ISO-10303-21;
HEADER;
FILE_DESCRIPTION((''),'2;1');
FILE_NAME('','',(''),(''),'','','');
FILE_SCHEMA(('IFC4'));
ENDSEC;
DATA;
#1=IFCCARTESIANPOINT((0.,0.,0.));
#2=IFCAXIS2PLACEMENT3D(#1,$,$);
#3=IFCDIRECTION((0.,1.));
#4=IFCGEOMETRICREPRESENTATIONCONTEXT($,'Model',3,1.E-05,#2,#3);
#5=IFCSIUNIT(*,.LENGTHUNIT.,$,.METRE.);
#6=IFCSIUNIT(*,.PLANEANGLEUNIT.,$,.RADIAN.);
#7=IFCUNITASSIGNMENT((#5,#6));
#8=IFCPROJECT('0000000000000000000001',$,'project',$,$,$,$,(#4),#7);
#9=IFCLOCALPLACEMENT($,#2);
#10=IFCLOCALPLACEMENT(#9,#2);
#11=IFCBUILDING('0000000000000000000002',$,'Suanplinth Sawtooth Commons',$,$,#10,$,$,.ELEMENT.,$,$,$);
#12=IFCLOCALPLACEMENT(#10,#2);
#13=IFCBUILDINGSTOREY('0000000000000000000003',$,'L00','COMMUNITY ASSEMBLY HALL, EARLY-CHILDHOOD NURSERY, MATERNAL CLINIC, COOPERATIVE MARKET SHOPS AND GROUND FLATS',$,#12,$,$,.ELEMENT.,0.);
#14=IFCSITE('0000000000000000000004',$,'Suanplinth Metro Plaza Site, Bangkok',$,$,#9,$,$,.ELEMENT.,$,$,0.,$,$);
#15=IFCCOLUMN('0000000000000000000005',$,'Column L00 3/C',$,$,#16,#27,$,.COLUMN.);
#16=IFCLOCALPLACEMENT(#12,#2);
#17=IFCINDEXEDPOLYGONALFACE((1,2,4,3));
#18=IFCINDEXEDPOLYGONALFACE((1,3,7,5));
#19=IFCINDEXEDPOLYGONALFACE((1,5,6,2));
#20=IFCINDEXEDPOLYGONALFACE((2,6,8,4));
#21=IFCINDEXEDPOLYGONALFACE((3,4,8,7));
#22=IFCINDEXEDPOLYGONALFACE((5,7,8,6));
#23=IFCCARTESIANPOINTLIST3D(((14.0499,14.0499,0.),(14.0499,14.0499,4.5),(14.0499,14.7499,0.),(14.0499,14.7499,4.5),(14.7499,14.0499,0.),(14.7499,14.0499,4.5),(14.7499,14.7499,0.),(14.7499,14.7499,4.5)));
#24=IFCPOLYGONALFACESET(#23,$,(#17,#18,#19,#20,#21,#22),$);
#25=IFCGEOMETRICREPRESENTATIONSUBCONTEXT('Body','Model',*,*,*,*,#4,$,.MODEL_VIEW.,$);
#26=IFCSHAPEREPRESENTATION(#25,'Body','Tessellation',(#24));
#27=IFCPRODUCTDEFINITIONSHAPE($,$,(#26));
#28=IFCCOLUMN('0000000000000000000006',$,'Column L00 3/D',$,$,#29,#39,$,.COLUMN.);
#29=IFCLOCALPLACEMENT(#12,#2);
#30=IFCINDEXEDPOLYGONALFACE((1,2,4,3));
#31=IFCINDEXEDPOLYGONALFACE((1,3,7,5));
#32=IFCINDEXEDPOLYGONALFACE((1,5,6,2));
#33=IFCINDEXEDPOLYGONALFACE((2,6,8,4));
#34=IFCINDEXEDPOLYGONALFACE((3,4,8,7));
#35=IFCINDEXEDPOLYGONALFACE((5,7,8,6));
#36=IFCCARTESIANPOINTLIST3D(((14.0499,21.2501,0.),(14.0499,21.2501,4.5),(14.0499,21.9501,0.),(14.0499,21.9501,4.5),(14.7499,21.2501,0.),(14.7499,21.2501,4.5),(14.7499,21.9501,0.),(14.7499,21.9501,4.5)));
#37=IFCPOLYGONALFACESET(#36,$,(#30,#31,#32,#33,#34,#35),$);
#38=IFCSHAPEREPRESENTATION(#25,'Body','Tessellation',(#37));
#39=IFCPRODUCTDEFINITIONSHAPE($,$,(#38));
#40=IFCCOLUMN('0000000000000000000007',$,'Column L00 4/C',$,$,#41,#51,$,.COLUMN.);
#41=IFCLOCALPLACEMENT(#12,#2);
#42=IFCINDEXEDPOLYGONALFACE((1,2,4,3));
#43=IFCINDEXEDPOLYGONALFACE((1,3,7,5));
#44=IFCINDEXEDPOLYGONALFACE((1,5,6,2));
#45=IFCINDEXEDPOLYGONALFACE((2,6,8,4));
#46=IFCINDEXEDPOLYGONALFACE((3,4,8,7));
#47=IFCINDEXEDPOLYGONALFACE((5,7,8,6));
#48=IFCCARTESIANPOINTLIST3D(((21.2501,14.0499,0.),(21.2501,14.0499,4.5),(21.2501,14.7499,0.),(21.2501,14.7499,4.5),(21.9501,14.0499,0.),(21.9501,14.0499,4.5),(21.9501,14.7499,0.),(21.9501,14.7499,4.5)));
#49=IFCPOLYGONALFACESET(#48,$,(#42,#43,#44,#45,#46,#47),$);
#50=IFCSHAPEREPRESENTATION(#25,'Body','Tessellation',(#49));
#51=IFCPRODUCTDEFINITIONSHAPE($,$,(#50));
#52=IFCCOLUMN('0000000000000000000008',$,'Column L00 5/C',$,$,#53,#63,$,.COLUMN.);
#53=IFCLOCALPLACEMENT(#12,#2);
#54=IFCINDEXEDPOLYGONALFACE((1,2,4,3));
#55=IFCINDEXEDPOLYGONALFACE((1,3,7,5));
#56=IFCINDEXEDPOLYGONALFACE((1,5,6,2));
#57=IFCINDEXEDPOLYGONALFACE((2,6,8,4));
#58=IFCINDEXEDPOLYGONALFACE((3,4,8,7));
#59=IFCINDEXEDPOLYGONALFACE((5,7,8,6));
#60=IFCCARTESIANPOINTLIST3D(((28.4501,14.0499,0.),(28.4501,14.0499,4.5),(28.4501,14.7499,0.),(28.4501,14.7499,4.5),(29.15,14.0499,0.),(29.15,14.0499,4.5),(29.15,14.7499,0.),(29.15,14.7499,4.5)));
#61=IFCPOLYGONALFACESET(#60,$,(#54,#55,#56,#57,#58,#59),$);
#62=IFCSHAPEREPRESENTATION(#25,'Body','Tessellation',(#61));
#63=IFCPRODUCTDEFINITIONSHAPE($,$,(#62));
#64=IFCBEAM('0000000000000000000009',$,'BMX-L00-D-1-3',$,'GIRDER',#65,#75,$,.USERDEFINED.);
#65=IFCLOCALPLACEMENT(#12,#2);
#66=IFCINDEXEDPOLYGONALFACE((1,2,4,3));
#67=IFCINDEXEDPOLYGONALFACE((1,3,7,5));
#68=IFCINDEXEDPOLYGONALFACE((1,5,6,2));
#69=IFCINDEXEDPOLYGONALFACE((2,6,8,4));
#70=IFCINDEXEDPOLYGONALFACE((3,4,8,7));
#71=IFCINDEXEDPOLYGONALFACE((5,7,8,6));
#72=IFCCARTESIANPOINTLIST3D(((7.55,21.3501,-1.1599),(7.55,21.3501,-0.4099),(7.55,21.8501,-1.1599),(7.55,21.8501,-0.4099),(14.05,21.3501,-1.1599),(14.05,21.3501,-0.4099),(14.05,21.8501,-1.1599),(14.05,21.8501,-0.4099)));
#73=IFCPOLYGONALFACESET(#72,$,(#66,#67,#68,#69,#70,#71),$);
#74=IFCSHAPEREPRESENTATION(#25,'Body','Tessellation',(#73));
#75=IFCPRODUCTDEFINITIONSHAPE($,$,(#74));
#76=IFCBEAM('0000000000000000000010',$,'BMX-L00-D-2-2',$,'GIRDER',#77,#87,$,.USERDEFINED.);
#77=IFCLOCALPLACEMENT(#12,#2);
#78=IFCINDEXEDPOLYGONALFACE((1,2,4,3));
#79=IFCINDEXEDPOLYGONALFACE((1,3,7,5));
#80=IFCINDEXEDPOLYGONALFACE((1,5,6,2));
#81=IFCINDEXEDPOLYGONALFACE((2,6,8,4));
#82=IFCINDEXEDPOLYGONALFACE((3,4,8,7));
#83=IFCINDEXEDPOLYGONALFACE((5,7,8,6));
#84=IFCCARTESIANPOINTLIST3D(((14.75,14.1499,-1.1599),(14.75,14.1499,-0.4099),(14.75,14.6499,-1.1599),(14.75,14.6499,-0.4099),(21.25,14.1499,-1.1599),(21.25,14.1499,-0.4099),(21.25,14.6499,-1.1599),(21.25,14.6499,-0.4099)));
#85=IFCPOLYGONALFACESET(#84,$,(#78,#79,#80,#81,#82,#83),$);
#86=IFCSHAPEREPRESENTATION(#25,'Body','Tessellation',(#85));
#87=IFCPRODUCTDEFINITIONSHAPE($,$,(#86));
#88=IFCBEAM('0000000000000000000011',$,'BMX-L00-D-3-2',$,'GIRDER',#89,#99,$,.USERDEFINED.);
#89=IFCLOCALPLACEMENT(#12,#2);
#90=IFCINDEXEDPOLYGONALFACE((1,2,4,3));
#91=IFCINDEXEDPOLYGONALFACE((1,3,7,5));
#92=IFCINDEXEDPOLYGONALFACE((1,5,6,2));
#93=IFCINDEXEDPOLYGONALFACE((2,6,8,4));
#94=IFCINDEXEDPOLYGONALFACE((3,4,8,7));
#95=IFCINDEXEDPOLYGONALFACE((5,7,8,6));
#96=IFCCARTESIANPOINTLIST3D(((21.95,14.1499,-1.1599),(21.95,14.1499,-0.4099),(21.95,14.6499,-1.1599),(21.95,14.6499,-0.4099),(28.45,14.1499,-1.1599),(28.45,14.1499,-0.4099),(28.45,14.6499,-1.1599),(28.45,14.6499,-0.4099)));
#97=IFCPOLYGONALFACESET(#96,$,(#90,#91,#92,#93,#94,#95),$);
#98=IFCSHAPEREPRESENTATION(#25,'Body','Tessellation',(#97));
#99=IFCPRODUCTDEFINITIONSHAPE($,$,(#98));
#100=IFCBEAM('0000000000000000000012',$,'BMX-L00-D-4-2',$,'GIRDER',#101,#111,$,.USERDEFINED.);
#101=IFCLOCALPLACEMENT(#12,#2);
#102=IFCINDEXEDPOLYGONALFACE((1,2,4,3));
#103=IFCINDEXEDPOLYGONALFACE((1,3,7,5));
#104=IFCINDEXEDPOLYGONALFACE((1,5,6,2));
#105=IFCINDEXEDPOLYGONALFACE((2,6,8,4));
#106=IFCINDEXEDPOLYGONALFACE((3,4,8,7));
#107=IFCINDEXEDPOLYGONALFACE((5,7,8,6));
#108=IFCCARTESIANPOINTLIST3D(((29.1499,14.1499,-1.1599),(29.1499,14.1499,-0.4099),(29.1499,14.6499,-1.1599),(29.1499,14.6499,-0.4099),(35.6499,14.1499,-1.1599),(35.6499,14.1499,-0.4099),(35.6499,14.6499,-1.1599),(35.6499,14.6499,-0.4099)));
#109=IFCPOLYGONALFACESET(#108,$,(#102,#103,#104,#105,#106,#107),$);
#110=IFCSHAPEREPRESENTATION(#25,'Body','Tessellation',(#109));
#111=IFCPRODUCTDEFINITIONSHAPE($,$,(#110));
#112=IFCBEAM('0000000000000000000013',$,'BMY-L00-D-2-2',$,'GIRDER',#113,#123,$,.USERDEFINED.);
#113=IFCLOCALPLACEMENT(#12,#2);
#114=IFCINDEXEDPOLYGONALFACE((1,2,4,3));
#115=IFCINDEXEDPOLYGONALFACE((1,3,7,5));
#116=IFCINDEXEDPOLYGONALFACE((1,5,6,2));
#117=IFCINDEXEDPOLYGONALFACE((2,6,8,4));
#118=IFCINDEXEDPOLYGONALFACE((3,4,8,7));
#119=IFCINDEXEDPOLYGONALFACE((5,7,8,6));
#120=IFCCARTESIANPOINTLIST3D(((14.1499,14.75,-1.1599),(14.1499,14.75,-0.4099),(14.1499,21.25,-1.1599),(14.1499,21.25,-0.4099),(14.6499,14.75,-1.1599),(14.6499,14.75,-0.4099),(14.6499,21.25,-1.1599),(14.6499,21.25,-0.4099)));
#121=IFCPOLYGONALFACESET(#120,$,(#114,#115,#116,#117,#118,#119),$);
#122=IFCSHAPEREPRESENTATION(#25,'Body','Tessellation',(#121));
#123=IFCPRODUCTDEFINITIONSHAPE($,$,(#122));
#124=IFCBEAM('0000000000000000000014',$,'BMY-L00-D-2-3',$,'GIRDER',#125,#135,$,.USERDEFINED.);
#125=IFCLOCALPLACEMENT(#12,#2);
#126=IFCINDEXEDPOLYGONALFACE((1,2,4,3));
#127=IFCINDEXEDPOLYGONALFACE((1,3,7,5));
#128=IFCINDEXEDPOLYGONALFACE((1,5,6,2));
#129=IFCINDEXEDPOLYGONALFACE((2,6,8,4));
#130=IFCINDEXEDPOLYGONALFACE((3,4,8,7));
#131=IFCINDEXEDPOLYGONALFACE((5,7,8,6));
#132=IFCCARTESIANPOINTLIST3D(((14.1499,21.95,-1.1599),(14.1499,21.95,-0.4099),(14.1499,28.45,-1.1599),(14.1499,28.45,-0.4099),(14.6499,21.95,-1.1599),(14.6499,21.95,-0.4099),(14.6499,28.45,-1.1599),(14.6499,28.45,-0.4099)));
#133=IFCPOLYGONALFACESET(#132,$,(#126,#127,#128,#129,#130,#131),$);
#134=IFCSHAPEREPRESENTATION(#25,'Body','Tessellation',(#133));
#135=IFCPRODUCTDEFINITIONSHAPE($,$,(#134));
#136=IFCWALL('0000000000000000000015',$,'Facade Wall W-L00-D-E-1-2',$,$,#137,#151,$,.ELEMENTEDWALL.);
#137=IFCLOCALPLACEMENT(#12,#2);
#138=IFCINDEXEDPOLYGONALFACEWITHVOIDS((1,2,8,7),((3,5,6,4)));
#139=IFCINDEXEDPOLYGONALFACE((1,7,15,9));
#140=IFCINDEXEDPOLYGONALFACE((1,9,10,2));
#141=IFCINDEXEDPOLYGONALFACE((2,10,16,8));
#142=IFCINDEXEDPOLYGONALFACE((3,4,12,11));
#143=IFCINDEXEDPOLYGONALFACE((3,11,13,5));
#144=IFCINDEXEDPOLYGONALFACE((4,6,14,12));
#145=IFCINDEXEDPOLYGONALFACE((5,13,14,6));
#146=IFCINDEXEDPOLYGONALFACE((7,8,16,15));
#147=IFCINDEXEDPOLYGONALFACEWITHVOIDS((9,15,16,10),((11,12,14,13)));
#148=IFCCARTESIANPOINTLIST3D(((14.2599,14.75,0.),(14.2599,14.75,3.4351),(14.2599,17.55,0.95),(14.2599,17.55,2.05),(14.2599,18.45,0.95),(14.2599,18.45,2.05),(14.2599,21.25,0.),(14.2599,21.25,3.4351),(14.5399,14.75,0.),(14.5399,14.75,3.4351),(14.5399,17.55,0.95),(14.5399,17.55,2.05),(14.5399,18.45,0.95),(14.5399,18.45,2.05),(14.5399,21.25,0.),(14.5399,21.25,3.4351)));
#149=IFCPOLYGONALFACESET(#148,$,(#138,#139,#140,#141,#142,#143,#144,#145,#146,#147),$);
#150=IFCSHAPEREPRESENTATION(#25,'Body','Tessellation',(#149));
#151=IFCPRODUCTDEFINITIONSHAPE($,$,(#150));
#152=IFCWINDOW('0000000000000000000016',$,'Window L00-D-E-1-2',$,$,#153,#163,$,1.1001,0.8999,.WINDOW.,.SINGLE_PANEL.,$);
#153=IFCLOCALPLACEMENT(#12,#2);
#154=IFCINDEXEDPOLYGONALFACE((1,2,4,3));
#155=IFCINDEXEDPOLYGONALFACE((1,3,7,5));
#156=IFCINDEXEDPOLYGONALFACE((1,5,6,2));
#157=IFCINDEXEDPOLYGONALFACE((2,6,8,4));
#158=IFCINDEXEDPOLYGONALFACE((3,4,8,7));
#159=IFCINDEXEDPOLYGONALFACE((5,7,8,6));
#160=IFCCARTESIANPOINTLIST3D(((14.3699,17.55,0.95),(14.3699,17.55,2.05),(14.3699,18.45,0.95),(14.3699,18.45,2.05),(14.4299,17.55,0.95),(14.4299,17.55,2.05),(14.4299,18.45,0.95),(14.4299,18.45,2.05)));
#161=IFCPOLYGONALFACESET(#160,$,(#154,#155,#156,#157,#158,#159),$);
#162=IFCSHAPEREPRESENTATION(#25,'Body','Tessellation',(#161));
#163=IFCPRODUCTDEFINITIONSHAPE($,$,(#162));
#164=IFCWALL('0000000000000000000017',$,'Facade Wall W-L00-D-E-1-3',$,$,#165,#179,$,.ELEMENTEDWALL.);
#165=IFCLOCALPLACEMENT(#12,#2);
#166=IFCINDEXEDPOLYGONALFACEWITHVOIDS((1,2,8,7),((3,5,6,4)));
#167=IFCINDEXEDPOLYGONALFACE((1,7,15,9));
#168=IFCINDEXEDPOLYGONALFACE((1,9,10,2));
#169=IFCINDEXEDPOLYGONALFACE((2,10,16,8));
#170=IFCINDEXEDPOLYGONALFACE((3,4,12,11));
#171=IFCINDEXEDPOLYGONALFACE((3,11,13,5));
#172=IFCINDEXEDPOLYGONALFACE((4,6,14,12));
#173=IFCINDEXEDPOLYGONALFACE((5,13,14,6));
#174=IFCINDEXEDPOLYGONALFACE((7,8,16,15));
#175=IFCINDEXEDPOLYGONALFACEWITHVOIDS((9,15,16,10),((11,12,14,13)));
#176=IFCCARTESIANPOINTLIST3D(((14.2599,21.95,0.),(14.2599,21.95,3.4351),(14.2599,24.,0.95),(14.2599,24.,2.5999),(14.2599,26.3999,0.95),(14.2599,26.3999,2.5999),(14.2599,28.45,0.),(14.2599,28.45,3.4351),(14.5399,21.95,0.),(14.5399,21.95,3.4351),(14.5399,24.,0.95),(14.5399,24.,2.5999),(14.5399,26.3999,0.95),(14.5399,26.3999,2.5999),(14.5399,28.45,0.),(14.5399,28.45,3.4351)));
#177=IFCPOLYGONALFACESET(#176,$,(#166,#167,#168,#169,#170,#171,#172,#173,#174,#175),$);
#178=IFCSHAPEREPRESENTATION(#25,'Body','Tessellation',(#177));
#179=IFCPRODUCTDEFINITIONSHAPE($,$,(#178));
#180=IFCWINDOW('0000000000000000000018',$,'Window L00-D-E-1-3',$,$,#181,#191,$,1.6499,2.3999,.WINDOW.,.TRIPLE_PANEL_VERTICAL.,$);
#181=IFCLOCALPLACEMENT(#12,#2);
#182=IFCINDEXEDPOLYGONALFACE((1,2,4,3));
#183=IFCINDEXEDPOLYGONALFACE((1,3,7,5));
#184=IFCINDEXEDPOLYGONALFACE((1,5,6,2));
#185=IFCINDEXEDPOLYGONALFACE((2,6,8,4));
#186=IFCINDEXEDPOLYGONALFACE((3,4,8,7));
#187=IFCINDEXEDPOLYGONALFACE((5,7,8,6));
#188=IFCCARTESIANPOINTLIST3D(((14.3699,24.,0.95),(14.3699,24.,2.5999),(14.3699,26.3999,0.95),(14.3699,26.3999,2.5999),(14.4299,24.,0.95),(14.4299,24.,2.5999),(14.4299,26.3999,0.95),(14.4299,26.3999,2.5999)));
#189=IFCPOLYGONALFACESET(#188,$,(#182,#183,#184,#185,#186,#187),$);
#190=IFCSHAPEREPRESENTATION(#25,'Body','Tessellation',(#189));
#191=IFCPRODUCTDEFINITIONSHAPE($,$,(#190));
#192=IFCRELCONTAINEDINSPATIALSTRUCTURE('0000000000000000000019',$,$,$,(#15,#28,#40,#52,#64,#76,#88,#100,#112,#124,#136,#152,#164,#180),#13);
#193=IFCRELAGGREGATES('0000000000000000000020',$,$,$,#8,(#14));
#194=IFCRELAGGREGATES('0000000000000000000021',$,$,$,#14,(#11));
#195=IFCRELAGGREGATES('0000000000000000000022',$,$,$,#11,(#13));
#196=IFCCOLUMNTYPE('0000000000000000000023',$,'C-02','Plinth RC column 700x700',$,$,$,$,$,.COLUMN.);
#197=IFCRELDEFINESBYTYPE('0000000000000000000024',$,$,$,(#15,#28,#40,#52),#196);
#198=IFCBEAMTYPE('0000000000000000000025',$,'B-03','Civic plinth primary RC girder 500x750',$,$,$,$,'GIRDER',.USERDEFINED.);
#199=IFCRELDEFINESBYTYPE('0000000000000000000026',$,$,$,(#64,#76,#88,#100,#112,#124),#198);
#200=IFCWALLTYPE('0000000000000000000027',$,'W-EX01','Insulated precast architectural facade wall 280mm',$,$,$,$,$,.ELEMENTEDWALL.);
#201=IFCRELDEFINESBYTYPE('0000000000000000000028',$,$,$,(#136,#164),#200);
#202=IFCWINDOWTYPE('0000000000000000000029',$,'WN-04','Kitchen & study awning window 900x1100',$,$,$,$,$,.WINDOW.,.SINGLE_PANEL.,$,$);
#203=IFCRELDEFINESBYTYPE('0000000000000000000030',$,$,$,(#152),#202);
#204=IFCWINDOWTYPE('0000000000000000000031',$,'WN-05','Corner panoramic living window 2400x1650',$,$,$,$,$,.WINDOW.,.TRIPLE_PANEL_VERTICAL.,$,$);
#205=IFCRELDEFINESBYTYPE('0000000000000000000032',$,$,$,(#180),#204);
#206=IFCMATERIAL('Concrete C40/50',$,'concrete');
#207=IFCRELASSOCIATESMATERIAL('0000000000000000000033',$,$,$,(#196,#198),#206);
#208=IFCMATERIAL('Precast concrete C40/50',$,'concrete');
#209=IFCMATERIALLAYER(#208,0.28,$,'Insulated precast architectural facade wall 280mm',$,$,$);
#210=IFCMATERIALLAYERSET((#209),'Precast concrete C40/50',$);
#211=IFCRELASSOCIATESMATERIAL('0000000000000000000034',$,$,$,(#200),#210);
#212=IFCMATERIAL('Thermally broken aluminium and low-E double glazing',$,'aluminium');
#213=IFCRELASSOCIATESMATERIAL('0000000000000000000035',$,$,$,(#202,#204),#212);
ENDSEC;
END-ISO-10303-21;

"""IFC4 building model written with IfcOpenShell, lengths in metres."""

from ifc_helpers import new_model, si_unit, direction, frame, frame_2d, origin, origin_2d, place, context, subcontext, project, spatial, rectangle, extrude, material, layer, layer_set, material_profile, profile_set, type_object, element, fill, save


model = new_model("IFC4")

# Units and contexts
model_context = context("Model", 3, precision=1e-05, world=origin(), true_north=direction((0.0, 1.0)))
body_context = subcontext(model_context, "Body", "Model", "MODEL_VIEW")
ifc_project = project(units=[si_unit("LENGTHUNIT", "METRE"), si_unit("PLANEANGLEUNIT", "RADIAN")], contexts=[model_context])

# Site, building, storey
site_placement = place(None, origin())
site = spatial("IfcSite", under=ifc_project, at=site_placement, Name="Suanplinth Metro Plaza Site, Bangkok", CompositionType="ELEMENT", RefElevation=0.0)
building_placement = place(site_placement, origin())
building = spatial("IfcBuilding", under=site, at=building_placement, Name="Suanplinth Sawtooth Commons", CompositionType="ELEMENT")
storey_placement = place(building_placement, origin())
storey = spatial("IfcBuildingStorey", under=building, at=storey_placement, Name="L00", Description="COMMUNITY ASSEMBLY HALL, EARLY-CHILDHOOD NURSERY, MATERNAL CLINIC, COOPERATIVE MARKET SHOPS AND GROUND FLATS", CompositionType="ELEMENT", Elevation=0.0)

# Columns
ifc_material_1 = material(Name="Concrete C40/50", Category="concrete")
ifc_material_profile_1 = material_profile(ifc_material_1, rectangle(XDim=0.7, YDim=0.7, at=origin_2d()), Name="RC-COL 700x700")
ifc_profile_set_1 = profile_set([ifc_material_profile_1], Name="Concrete C40/50")
column_type = type_object("IfcColumnType", Name="C-02", Description="Plinth RC column 700x700", PredefinedType="COLUMN", material=ifc_profile_set_1)
for number, where, z_axis, x_axis, name in (
    (1, (14.3999, 14.3999, 0.0), (0.0, 0.0, 1.0), (1.0, 0.0, 0.0), "Column L00 3/C"),
    (2, (14.3999, 21.6001, 0.0), (0.0, 0.0, 1.0), (1.0, 0.0, 0.0), "Column L00 3/D"),
    (3, (21.6001, 14.3999, 0.0), (0.0, 0.0, 1.0), (1.0, 0.0, 0.0), "Column L00 4/C"),
    (4, (28.8, 14.3999, 0.0), (0.0, 0.0, 1.0), (1.0, 0.0, 0.0), "Column L00 5/C"),
):
    element("IfcColumn", number, at=place(storey_placement, frame(where, z_axis=z_axis, x_axis=x_axis)), inside=storey, type_object=column_type, Name=name, PredefinedType="COLUMN", context=body_context, shape_type="SweptSolid", body=[
        extrude(rectangle(XDim=0.7, YDim=0.7, at=origin_2d()), origin(), (0.0, 0.0, 1.0), 4.5),
    ])

# Beams
ifc_material_profile_2 = material_profile(ifc_material_1, rectangle(XDim=0.5, YDim=0.75, at=origin_2d()), Name="RC-GDR 500x750")
ifc_profile_set_2 = profile_set([ifc_material_profile_2], Name="Concrete C40/50")
beam_type = type_object("IfcBeamType", Name="B-03", Description="Civic plinth primary RC girder 500x750", ElementType="GIRDER", PredefinedType="USERDEFINED", material=ifc_profile_set_2)
for number, where, z_axis, x_axis, name in (
    (5, (7.55, 21.6001, -0.7849), (1.0, 0.0, 0.0), (0.0, 1.0, 0.0), "BMX-L00-D-1-3"),
    (6, (14.75, 14.3999, -0.7849), (1.0, 0.0, 0.0), (0.0, 1.0, 0.0), "BMX-L00-D-2-2"),
    (7, (21.95, 14.3999, -0.7849), (1.0, 0.0, 0.0), (0.0, 1.0, 0.0), "BMX-L00-D-3-2"),
    (8, (29.1499, 14.3999, -0.7849), (1.0, 0.0, 0.0), (0.0, 1.0, 0.0), "BMX-L00-D-4-2"),
    (9, (14.3999, 14.75, -0.7849), (0.0, 1.0, 0.0), (-1.0, 0.0, 0.0), "BMY-L00-D-2-2"),
    (10, (14.3999, 21.95, -0.7849), (0.0, 1.0, 0.0), (-1.0, 0.0, 0.0), "BMY-L00-D-2-3"),
):
    element("IfcBeam", number, at=place(storey_placement, frame(where, z_axis=z_axis, x_axis=x_axis)), inside=storey, type_object=beam_type, Name=name, ObjectType="GIRDER", PredefinedType="USERDEFINED", context=body_context, shape_type="SweptSolid", body=[
        extrude(rectangle(XDim=0.5, YDim=0.75, at=origin_2d()), origin(), (0.0, 0.0, 1.0), 6.5),
    ])

# Walls, openings, windows
ifc_material_2 = material(Name="Precast concrete C40/50", Category="concrete")
ifc_layer_1 = layer(ifc_material_2, 0.28, Name="Insulated precast architectural facade wall 280mm")
ifc_layer_set_1 = layer_set([ifc_layer_1], Name="Precast concrete C40/50")
wall_type_1 = type_object("IfcWallType", Name="W-EX01", Description="Insulated precast architectural facade wall 280mm", PredefinedType="ELEMENTEDWALL", material=ifc_layer_set_1)
wall_1_placement = place(storey_placement, frame((14.3999, 14.75, 0.0), z_axis=(0.0, 0.0, 1.0), x_axis=(0.0, 1.0, 0.0)))
wall_1 = element("IfcWall", 11, at=wall_1_placement, inside=storey, type_object=wall_type_1, Name="Facade Wall W-L00-D-E-1-2", PredefinedType="ELEMENTEDWALL", context=body_context, shape_type="SweptSolid", body=[
    extrude(rectangle(XDim=6.5, YDim=0.28, at=frame_2d((3.25, 0.0))), origin(), (0.0, 0.0, 1.0), 3.4351),
])
opening_1_placement = place(wall_1_placement, frame((2.8, 0.0, 0.95)))
opening_1 = element("IfcOpeningElement", 12, at=opening_1_placement, cuts=wall_1, PredefinedType="OPENING", context=body_context, shape_type="SweptSolid", body=[
    extrude(rectangle(XDim=0.8999, YDim=1.1001, at=frame_2d((0.45, 0.55))), frame((0.0, 0.1548, 0.0), z_axis=(0.0, -1.0, 0.0), x_axis=(1.0, 0.0, 0.0)), (0.0, 0.0, 1.0), 0.3098),
])
ifc_material_3 = material(Name="Thermally broken aluminium and low-E double glazing", Category="aluminium")
window_type_1 = type_object("IfcWindowType", Name="WN-04", Description="Kitchen & study awning window 900x1100", PartitioningType="SINGLE_PANEL", PredefinedType="WINDOW", material=ifc_material_3)
window_1_placement = place(opening_1_placement, origin())
window_1 = element("IfcWindow", 13, at=window_1_placement, inside=storey, type_object=window_type_1, Name="Window L00-D-E-1-2", OverallHeight=1.1001, OverallWidth=0.8999, PartitioningType="SINGLE_PANEL", PredefinedType="WINDOW", context=body_context, shape_type="SweptSolid", body=[
    extrude(rectangle(XDim=0.8999, YDim=1.1001, at=frame_2d((0.45, 0.55))), frame((0.0, 0.03, 0.0), z_axis=(0.0, -1.0, 0.0), x_axis=(1.0, 0.0, 0.0)), (0.0, 0.0, 1.0), 0.0601),
])
fill(opening_1, window_1)
wall_2_placement = place(storey_placement, frame((14.3999, 21.95, 0.0), z_axis=(0.0, 0.0, 1.0), x_axis=(0.0, 1.0, 0.0)))
wall_2 = element("IfcWall", 14, at=wall_2_placement, inside=storey, type_object=wall_type_1, Name="Facade Wall W-L00-D-E-1-3", PredefinedType="ELEMENTEDWALL", context=body_context, shape_type="SweptSolid", body=[
    extrude(rectangle(XDim=6.5, YDim=0.28, at=frame_2d((3.25, 0.0))), origin(), (0.0, 0.0, 1.0), 3.4351),
])
opening_2_placement = place(wall_2_placement, frame((2.05, 0.0, 0.95)))
opening_2 = element("IfcOpeningElement", 15, at=opening_2_placement, cuts=wall_2, PredefinedType="OPENING", context=body_context, shape_type="SweptSolid", body=[
    extrude(rectangle(XDim=2.3999, YDim=1.6499, at=frame_2d((1.2, 0.825))), frame((0.0, 0.1548, 0.0), z_axis=(0.0, -1.0, 0.0), x_axis=(1.0, 0.0, 0.0)), (0.0, 0.0, 1.0), 0.3098),
])
window_type_2 = type_object("IfcWindowType", Name="WN-05", Description="Corner panoramic living window 2400x1650", PartitioningType="TRIPLE_PANEL_VERTICAL", PredefinedType="WINDOW", material=ifc_material_3)
window_2_placement = place(opening_2_placement, origin())
window_2 = element("IfcWindow", 16, at=window_2_placement, inside=storey, type_object=window_type_2, Name="Window L00-D-E-1-3", OverallHeight=1.6499, OverallWidth=2.3999, PartitioningType="TRIPLE_PANEL_VERTICAL", PredefinedType="WINDOW", context=body_context, shape_type="SweptSolid", body=[
    extrude(rectangle(XDim=2.3999, YDim=1.6499, at=frame_2d((1.2, 0.825))), frame((0.0, 0.03, 0.0), z_axis=(0.0, -1.0, 0.0), x_axis=(1.0, 0.0, 0.0)), (0.0, 0.0, 1.0), 0.0601),
])
fill(opening_2, window_2)

save(model, "model.ifc")
